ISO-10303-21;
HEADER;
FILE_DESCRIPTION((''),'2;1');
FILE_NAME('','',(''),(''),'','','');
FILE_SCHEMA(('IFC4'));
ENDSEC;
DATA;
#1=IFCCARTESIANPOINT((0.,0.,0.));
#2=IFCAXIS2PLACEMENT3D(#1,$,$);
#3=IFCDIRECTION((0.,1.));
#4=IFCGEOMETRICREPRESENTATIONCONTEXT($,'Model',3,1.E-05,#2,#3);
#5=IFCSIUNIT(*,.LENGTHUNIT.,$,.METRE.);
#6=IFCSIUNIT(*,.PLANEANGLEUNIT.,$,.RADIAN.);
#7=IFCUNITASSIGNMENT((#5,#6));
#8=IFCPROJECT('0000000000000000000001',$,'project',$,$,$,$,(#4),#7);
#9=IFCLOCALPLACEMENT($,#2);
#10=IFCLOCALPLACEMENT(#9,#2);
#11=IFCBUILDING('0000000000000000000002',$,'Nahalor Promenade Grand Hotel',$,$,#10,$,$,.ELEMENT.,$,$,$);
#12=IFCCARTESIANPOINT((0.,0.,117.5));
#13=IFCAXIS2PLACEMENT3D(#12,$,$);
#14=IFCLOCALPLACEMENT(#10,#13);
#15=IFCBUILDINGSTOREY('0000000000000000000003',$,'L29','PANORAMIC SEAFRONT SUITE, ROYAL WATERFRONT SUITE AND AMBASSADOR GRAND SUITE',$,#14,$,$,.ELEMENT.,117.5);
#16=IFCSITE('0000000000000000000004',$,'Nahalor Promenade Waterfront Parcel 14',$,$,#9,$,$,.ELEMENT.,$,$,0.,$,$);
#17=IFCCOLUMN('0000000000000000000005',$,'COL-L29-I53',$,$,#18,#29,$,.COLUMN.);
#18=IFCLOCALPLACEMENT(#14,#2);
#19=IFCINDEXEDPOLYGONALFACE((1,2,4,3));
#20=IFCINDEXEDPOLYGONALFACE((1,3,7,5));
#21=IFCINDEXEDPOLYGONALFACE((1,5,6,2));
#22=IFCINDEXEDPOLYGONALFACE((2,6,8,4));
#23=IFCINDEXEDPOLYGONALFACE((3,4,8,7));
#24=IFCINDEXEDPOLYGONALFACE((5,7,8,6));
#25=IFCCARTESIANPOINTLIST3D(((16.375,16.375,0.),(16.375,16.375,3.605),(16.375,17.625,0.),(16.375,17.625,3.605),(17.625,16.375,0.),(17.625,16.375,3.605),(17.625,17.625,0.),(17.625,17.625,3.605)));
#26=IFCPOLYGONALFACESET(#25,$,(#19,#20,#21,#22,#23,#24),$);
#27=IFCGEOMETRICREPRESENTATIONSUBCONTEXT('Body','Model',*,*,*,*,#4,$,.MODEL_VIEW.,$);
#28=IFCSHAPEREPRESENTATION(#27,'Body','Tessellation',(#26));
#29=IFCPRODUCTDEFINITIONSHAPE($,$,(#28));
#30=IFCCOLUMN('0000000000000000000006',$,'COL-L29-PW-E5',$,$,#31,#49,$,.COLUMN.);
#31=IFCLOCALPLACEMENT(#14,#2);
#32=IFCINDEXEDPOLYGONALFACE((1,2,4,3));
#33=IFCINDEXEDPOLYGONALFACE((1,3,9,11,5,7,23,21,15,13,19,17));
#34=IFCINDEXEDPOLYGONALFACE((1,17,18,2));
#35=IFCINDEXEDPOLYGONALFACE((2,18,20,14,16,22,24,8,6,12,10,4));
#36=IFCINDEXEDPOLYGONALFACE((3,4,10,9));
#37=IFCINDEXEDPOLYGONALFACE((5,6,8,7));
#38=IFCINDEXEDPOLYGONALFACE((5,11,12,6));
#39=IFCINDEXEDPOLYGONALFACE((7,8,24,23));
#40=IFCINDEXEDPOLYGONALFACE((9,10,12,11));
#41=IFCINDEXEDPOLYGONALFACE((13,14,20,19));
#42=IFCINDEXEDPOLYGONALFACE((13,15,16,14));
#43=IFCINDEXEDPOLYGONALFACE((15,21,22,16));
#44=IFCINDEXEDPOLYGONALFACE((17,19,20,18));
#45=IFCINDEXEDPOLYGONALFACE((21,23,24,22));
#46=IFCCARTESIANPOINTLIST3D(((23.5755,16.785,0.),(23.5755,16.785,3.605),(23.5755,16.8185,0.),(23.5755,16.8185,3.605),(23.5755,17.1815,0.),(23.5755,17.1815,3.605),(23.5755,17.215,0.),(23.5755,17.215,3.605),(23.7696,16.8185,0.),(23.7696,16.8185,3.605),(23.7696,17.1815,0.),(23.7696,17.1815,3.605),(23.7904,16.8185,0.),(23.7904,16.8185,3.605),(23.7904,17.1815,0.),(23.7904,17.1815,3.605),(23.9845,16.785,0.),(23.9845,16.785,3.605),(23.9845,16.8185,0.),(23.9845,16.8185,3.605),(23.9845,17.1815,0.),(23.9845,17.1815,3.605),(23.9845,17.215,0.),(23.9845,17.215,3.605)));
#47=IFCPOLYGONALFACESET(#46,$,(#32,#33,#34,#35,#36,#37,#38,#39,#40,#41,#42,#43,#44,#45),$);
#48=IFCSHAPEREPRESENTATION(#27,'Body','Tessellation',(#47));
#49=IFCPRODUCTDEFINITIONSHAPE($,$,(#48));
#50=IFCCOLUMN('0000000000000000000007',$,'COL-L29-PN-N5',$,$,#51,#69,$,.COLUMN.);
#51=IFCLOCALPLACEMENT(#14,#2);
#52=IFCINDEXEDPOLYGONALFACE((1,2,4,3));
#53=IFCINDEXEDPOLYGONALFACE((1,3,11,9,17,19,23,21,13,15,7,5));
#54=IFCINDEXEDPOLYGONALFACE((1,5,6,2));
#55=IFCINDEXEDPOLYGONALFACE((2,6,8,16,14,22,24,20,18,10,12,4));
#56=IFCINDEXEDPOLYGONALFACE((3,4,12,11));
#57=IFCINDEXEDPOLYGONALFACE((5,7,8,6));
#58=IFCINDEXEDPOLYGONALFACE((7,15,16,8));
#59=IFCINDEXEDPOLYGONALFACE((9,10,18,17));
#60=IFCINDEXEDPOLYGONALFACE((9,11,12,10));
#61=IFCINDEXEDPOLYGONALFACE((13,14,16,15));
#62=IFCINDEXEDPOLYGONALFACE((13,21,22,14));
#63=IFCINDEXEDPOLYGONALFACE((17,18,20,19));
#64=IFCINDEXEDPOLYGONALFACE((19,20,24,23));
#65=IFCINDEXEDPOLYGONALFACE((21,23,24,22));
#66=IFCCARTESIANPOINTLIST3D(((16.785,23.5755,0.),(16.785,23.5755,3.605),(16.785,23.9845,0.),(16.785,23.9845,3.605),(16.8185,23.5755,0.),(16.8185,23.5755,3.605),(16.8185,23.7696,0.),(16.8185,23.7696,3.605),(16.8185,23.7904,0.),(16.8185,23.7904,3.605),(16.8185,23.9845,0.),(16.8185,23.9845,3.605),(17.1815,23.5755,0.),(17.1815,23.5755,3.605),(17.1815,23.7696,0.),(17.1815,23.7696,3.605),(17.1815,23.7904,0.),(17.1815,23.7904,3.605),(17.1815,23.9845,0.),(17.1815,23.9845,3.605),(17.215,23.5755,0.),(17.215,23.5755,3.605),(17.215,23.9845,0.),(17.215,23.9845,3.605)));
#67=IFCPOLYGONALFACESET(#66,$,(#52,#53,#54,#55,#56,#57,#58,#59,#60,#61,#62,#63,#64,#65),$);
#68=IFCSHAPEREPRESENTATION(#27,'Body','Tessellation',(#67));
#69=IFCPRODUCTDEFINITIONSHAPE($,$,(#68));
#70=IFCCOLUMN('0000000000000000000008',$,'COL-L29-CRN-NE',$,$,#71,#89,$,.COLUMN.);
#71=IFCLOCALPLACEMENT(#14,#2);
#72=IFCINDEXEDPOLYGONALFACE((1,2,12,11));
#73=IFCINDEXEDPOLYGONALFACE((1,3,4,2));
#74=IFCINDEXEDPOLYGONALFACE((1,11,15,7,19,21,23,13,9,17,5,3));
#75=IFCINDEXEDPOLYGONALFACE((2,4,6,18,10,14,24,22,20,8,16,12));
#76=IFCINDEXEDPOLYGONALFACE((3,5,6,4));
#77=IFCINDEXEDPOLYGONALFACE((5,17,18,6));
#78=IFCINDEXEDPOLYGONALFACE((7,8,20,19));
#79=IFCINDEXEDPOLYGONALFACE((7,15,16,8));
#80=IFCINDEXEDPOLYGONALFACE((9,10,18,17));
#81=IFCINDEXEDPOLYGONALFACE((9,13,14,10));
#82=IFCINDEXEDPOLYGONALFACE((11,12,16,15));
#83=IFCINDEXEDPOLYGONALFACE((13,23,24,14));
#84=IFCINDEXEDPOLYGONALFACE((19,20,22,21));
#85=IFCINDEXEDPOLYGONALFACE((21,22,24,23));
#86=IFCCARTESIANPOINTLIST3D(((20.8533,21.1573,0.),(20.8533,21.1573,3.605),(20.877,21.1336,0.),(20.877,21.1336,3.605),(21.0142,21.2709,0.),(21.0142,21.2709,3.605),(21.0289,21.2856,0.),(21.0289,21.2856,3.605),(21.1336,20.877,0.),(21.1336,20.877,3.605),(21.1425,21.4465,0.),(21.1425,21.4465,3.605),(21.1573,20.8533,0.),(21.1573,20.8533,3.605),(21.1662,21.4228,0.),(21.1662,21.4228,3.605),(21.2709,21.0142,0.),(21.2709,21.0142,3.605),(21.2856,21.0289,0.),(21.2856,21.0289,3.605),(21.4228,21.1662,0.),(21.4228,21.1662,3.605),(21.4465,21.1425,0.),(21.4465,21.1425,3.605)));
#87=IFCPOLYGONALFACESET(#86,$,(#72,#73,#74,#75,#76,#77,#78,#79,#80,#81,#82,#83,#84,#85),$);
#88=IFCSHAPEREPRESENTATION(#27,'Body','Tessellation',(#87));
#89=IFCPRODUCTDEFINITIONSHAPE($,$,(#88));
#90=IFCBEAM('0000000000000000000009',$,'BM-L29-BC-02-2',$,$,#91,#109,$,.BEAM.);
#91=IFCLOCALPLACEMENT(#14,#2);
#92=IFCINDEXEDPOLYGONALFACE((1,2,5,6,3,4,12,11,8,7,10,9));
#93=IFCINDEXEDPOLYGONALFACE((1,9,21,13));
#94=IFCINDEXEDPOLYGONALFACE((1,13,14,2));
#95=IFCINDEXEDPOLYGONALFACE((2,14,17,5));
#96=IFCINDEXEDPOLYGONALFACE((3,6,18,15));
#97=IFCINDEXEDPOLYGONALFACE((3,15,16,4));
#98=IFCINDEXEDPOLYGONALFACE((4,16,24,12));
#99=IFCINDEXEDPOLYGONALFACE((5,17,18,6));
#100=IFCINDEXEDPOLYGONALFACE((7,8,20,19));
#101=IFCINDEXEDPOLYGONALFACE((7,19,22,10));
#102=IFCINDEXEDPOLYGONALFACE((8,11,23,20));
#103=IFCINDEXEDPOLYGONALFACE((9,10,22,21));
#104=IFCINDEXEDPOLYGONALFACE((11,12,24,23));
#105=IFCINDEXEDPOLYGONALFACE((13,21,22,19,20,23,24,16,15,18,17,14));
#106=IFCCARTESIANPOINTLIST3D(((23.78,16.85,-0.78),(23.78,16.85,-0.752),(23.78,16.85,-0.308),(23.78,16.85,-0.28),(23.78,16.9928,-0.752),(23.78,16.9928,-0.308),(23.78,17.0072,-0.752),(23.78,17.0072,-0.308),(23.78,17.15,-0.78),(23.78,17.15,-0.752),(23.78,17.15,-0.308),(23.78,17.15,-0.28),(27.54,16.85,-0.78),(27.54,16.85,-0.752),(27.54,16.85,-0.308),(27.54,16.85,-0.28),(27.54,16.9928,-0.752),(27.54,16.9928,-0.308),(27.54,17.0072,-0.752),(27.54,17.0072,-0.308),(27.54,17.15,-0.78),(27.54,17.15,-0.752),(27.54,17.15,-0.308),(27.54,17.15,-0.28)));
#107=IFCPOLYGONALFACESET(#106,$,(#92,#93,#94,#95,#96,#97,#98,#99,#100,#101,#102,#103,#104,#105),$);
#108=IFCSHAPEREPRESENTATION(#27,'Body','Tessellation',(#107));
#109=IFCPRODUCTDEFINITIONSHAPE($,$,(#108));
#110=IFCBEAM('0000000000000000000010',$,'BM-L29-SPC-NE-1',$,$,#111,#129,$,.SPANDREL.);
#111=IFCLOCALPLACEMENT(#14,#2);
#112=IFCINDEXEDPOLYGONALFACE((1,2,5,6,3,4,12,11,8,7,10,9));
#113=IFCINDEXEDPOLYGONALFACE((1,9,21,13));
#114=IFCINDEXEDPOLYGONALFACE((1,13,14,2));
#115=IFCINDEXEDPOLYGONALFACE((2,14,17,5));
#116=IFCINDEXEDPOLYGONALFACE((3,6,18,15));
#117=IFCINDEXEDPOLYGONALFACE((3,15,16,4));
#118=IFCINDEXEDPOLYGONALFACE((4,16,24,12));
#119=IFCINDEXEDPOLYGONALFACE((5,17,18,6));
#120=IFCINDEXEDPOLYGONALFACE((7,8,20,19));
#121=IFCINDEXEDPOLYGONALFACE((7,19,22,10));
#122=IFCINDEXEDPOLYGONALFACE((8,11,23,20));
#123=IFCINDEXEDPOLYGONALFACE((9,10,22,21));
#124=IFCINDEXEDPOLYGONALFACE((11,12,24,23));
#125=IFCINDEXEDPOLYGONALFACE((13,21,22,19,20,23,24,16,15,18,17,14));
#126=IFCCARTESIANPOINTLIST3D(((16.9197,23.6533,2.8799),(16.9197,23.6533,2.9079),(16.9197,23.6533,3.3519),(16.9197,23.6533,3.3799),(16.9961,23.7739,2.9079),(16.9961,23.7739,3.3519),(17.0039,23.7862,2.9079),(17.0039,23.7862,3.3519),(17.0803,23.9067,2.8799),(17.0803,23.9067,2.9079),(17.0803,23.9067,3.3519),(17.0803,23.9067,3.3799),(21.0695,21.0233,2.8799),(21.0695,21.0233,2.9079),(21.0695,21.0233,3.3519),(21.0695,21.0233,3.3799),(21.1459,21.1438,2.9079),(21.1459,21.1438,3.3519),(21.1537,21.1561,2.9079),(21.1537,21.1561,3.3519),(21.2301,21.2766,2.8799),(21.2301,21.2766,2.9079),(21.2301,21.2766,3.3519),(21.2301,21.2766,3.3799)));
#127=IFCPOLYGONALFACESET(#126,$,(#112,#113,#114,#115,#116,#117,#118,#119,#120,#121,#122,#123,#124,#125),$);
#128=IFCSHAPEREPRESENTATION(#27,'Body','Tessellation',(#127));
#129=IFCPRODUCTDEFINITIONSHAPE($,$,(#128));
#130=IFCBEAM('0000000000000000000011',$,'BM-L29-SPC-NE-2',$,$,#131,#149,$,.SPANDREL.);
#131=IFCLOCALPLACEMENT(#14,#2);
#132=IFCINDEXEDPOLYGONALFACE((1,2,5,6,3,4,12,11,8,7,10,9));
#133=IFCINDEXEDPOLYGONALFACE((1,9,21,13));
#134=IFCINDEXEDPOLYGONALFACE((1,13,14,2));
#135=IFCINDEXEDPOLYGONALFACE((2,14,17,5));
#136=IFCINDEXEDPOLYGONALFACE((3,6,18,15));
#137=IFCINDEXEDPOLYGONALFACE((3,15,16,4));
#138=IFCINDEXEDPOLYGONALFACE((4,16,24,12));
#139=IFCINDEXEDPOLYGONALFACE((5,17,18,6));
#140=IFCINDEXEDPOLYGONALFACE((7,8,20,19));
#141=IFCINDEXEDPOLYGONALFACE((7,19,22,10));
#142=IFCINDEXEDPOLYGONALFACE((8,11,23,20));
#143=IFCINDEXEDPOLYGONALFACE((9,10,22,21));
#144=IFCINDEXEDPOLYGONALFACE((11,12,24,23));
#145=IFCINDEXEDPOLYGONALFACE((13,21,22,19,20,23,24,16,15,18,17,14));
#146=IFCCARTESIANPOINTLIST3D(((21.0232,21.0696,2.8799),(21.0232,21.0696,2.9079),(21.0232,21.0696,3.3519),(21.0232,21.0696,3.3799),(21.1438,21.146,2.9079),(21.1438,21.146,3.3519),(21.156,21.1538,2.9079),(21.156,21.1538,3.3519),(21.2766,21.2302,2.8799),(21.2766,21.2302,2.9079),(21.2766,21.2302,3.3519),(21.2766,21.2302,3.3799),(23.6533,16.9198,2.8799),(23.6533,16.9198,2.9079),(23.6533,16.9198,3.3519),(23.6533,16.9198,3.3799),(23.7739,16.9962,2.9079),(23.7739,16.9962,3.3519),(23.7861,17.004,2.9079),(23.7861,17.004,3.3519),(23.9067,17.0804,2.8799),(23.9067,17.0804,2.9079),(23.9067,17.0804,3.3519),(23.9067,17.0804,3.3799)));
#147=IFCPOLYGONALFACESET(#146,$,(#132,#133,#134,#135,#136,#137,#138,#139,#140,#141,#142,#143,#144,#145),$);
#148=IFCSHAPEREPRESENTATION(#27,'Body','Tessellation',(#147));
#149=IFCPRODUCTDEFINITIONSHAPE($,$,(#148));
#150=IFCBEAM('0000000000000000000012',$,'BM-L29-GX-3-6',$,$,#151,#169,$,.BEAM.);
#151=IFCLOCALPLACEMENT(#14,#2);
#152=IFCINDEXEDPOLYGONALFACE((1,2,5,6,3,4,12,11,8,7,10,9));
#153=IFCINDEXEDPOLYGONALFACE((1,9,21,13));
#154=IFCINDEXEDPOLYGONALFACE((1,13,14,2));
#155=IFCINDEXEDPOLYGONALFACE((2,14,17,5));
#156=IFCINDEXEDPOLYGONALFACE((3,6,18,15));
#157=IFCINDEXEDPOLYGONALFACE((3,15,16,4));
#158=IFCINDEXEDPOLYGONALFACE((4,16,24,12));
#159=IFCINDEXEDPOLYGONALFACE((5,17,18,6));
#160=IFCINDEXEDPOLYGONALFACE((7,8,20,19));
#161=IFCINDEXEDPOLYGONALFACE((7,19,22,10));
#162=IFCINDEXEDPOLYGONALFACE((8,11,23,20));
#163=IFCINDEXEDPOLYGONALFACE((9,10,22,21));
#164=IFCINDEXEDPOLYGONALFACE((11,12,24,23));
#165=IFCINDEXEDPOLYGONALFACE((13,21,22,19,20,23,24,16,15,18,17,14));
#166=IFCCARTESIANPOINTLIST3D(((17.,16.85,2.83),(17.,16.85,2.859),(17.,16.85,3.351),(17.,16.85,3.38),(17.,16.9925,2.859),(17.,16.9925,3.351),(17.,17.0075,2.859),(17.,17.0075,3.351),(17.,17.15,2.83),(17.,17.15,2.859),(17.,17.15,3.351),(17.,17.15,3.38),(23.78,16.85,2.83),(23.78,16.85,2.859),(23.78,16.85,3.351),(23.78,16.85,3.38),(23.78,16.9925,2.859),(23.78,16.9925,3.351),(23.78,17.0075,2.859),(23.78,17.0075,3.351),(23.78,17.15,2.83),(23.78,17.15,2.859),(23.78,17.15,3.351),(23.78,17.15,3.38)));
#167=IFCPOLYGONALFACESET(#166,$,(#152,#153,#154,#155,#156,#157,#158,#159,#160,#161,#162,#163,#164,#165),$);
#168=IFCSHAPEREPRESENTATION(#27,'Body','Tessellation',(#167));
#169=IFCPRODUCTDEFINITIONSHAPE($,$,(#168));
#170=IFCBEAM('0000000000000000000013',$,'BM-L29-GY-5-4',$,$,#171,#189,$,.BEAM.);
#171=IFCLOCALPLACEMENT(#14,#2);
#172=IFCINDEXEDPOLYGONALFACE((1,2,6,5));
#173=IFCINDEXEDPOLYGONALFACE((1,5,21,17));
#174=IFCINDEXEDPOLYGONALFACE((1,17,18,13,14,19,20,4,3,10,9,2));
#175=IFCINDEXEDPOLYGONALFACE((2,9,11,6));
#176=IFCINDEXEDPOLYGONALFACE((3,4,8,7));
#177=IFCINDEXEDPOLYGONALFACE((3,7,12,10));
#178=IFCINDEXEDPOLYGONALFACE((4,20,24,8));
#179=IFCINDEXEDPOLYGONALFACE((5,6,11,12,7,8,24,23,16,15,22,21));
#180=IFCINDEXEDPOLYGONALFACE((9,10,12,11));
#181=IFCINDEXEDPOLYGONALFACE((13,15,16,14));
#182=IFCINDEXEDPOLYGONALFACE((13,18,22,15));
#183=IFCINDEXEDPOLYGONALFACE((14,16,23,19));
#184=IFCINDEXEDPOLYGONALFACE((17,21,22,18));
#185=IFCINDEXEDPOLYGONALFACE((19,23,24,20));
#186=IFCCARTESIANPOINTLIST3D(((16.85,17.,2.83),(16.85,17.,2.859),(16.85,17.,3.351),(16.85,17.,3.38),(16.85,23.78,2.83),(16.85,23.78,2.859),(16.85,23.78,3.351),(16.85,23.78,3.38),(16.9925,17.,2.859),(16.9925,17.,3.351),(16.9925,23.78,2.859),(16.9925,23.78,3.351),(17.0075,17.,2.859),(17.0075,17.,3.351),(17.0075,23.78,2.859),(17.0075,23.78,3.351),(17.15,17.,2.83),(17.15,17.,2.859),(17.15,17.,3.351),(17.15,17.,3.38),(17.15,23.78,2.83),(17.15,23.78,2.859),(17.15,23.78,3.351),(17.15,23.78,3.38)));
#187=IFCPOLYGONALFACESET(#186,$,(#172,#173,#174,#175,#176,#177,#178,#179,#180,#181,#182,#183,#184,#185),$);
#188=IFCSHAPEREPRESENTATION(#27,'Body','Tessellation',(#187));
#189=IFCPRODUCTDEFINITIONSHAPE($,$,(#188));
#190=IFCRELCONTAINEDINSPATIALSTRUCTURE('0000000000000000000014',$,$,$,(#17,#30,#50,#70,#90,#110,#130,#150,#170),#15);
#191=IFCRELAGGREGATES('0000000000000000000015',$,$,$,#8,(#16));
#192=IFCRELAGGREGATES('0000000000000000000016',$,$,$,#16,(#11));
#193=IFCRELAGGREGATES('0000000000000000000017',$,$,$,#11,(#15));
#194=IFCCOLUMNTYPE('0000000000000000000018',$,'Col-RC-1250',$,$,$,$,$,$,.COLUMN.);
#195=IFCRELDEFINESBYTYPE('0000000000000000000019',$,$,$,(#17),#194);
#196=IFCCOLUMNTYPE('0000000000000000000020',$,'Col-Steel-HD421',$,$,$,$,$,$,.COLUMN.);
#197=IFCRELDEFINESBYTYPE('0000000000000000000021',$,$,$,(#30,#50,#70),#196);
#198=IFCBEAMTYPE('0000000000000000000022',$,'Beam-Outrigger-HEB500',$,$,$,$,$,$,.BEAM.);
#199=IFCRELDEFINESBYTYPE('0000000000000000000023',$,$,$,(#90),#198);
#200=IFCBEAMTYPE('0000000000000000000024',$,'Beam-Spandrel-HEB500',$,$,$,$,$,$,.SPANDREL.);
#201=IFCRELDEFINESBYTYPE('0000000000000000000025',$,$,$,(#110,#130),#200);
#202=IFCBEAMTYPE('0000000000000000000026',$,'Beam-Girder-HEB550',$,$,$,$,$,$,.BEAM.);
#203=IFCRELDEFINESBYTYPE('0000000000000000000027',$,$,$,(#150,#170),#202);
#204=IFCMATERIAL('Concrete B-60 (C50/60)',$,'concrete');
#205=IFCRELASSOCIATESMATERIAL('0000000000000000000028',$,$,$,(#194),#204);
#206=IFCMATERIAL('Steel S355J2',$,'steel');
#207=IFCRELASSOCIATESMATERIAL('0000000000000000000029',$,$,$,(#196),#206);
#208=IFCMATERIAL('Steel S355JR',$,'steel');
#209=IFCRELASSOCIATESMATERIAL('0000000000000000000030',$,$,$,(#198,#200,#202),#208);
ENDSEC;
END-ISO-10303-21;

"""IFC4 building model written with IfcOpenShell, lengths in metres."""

from ifc_helpers import new_model, si_unit, direction, frame, origin, origin_2d, place, context, subcontext, project, spatial, rectangle, i_section, extrude, source, transform, mapped, material, material_profile, profile_set, type_object, element, save


model = new_model("IFC4")

# Units and contexts
model_context = context("Model", 3, precision=1e-05, world=origin(), true_north=direction((0.0, 1.0)))
body_context = subcontext(model_context, "Body", "Model", "MODEL_VIEW")
ifc_project = project(units=[si_unit("LENGTHUNIT", "METRE"), si_unit("PLANEANGLEUNIT", "RADIAN")], contexts=[model_context])

# Site, building, storey
site_placement = place(None, origin())
site = spatial("IfcSite", under=ifc_project, at=site_placement, Name="Nahalor Promenade Waterfront Parcel 14", CompositionType="ELEMENT", RefElevation=0.0)
building_placement = place(site_placement, origin())
building = spatial("IfcBuilding", under=site, at=building_placement, Name="Nahalor Promenade Grand Hotel", CompositionType="ELEMENT")
storey_placement = place(building_placement, frame((0.0, 0.0, 117.5)))
storey = spatial("IfcBuildingStorey", under=building, at=storey_placement, Name="L29", Description="PANORAMIC SEAFRONT SUITE, ROYAL WATERFRONT SUITE AND AMBASSADOR GRAND SUITE", CompositionType="ELEMENT", Elevation=117.5)

# Columns
ifc_material_1 = material(Name="Concrete B-60 (C50/60)", Category="concrete")
ifc_material_profile_1 = material_profile(ifc_material_1, rectangle(XDim=1.25, YDim=1.25, at=origin_2d()), Name="RC 1250x1250")
ifc_profile_set_1 = profile_set([ifc_material_profile_1], Name="Concrete B-60 (C50/60)")
column_type_1 = type_object("IfcColumnType", Name="Col-RC-1250", PredefinedType="COLUMN", material=ifc_profile_set_1)
shared_shape_1 = source(origin(), body_context, "Body", "SweptSolid", [
    extrude(rectangle(XDim=1.25, YDim=1.25, at=origin_2d()), origin(), (0.0, 0.0, 1.0), 3.605),
])
column_placement = place(storey_placement, frame((17.0, 17.0, 0.0), z_axis=(0.0, 0.0, 1.0), x_axis=(1.0, 0.0, 0.0)))
element("IfcColumn", 1, at=column_placement, inside=storey, type_object=column_type_1, Name="COL-L29-I53", PredefinedType="COLUMN", context=body_context, shape_type="MappedRepresentation", body=[
    mapped(shared_shape_1, transform((0.0, 0.0, 0.0), scale=1.0)),
])
ifc_material_2 = material(Name="Steel S355J2", Category="steel")
ifc_material_profile_2 = material_profile(ifc_material_2, i_section(OverallWidth=0.409, OverallDepth=0.43, WebThickness=0.0208, FlangeThickness=0.0335, at=origin_2d()), Name="HD 400x421")
ifc_profile_set_2 = profile_set([ifc_material_profile_2], Name="Steel S355J2")
column_type_2 = type_object("IfcColumnType", Name="Col-Steel-HD421", PredefinedType="COLUMN", material=ifc_profile_set_2)
shared_shape_2 = source(origin(), body_context, "Body", "SweptSolid", [
    extrude(i_section(OverallWidth=0.409, OverallDepth=0.43, WebThickness=0.0208, FlangeThickness=0.0335, at=origin_2d()), origin(), (0.0, 0.0, 1.0), 3.605),
])
for number, where, z_axis, x_axis, name in (
    (2, (23.78, 17.0, 0.0), (0.0, 0.0, 1.0), (1.0, 0.0, 0.0), "COL-L29-PW-E5"),
    (3, (17.0, 23.78, 0.0), (0.0, 0.0, 1.0), (0.0, 1.0, 0.0), "COL-L29-PN-N5"),
    (4, (21.1499, 21.1499, 0.0), (0.0, 0.0, 1.0), (0.707107, 0.707107, 0.0), "COL-L29-CRN-NE"),
):
    element("IfcColumn", number, at=place(storey_placement, frame(where, z_axis=z_axis, x_axis=x_axis)), inside=storey, type_object=column_type_2, Name=name, PredefinedType="COLUMN", context=body_context, shape_type="MappedRepresentation", body=[
        mapped(shared_shape_2, transform((0.0, 0.0, 0.0), scale=1.0)),
    ])

# Beams
ifc_material_3 = material(Name="Steel S355JR", Category="steel")
ifc_material_profile_3 = material_profile(ifc_material_3, i_section(OverallWidth=0.3, OverallDepth=0.5, WebThickness=0.0145, FlangeThickness=0.028, at=origin_2d()), Name="HEB 500")
ifc_profile_set_3 = profile_set([ifc_material_profile_3], Name="Steel S355JR")
beam_type_1 = type_object("IfcBeamType", Name="Beam-Outrigger-HEB500", PredefinedType="BEAM", material=ifc_profile_set_3)
shared_shape_3 = source(origin(), body_context, "Body", "SweptSolid", [
    extrude(i_section(OverallWidth=0.3, OverallDepth=0.5, WebThickness=0.0145, FlangeThickness=0.028, at=origin_2d()), origin(), (0.0, 0.0, 1.0), 3.76),
])
beam_1_placement = place(storey_placement, frame((23.78, 17.0, -0.53), z_axis=(1.0, 0.0, 0.0), x_axis=(0.0, 1.0, 0.0)))
element("IfcBeam", 5, at=beam_1_placement, inside=storey, type_object=beam_type_1, Name="BM-L29-BC-02-2", PredefinedType="BEAM", context=body_context, shape_type="MappedRepresentation", body=[
    mapped(shared_shape_3, transform((0.0, 0.0, 0.0), scale=1.0)),
])
ifc_material_profile_4 = material_profile(ifc_material_3, i_section(OverallWidth=0.3, OverallDepth=0.5, WebThickness=0.0145, FlangeThickness=0.028, at=origin_2d()), Name="HEB 500")
ifc_profile_set_4 = profile_set([ifc_material_profile_4], Name="Steel S355JR")
beam_type_2 = type_object("IfcBeamType", Name="Beam-Spandrel-HEB500", PredefinedType="SPANDREL", material=ifc_profile_set_4)
shared_shape_4 = source(origin(), body_context, "Body", "SweptSolid", [
    extrude(i_section(OverallWidth=0.3, OverallDepth=0.5, WebThickness=0.0145, FlangeThickness=0.028, at=origin_2d()), origin(), (0.0, 0.0, 1.0), 4.9131),
])
for number, where, z_axis, x_axis, name in (
    (6, (17.0, 23.78, 3.1299), (0.844648, -0.535322, 0.0), (0.535322, 0.844648, 0.0), "BM-L29-SPC-NE-1"),
    (7, (21.1499, 21.1499, 3.1299), (0.535322, -0.844648, 0.0), (0.844648, 0.535322, 0.0), "BM-L29-SPC-NE-2"),
):
    element("IfcBeam", number, at=place(storey_placement, frame(where, z_axis=z_axis, x_axis=x_axis)), inside=storey, type_object=beam_type_2, Name=name, PredefinedType="SPANDREL", context=body_context, shape_type="MappedRepresentation", body=[
        mapped(shared_shape_4, transform((0.0, 0.0, 0.0), scale=1.0)),
    ])
ifc_material_profile_5 = material_profile(ifc_material_3, i_section(OverallWidth=0.3, OverallDepth=0.55, WebThickness=0.015, FlangeThickness=0.029, at=origin_2d()), Name="HEB 550")
ifc_profile_set_5 = profile_set([ifc_material_profile_5], Name="Steel S355JR")
beam_type_3 = type_object("IfcBeamType", Name="Beam-Girder-HEB550", PredefinedType="BEAM", material=ifc_profile_set_5)
shared_shape_5 = source(origin(), body_context, "Body", "SweptSolid", [
    extrude(i_section(OverallWidth=0.3, OverallDepth=0.55, WebThickness=0.015, FlangeThickness=0.029, at=origin_2d()), origin(), (0.0, 0.0, 1.0), 6.78),
])
for number, where, z_axis, x_axis, name in (
    (8, (17.0, 17.0, 3.105), (1.0, 0.0, 0.0), (0.0, 1.0, 0.0), "BM-L29-GX-3-6"),
    (9, (17.0, 17.0, 3.105), (0.0, 1.0, 0.0), (-1.0, 0.0, 0.0), "BM-L29-GY-5-4"),
):
    element("IfcBeam", number, at=place(storey_placement, frame(where, z_axis=z_axis, x_axis=x_axis)), inside=storey, type_object=beam_type_3, Name=name, PredefinedType="BEAM", context=body_context, shape_type="MappedRepresentation", body=[
        mapped(shared_shape_5, transform((0.0, 0.0, 0.0), scale=1.0)),
    ])

save(model, "model.ifc")
